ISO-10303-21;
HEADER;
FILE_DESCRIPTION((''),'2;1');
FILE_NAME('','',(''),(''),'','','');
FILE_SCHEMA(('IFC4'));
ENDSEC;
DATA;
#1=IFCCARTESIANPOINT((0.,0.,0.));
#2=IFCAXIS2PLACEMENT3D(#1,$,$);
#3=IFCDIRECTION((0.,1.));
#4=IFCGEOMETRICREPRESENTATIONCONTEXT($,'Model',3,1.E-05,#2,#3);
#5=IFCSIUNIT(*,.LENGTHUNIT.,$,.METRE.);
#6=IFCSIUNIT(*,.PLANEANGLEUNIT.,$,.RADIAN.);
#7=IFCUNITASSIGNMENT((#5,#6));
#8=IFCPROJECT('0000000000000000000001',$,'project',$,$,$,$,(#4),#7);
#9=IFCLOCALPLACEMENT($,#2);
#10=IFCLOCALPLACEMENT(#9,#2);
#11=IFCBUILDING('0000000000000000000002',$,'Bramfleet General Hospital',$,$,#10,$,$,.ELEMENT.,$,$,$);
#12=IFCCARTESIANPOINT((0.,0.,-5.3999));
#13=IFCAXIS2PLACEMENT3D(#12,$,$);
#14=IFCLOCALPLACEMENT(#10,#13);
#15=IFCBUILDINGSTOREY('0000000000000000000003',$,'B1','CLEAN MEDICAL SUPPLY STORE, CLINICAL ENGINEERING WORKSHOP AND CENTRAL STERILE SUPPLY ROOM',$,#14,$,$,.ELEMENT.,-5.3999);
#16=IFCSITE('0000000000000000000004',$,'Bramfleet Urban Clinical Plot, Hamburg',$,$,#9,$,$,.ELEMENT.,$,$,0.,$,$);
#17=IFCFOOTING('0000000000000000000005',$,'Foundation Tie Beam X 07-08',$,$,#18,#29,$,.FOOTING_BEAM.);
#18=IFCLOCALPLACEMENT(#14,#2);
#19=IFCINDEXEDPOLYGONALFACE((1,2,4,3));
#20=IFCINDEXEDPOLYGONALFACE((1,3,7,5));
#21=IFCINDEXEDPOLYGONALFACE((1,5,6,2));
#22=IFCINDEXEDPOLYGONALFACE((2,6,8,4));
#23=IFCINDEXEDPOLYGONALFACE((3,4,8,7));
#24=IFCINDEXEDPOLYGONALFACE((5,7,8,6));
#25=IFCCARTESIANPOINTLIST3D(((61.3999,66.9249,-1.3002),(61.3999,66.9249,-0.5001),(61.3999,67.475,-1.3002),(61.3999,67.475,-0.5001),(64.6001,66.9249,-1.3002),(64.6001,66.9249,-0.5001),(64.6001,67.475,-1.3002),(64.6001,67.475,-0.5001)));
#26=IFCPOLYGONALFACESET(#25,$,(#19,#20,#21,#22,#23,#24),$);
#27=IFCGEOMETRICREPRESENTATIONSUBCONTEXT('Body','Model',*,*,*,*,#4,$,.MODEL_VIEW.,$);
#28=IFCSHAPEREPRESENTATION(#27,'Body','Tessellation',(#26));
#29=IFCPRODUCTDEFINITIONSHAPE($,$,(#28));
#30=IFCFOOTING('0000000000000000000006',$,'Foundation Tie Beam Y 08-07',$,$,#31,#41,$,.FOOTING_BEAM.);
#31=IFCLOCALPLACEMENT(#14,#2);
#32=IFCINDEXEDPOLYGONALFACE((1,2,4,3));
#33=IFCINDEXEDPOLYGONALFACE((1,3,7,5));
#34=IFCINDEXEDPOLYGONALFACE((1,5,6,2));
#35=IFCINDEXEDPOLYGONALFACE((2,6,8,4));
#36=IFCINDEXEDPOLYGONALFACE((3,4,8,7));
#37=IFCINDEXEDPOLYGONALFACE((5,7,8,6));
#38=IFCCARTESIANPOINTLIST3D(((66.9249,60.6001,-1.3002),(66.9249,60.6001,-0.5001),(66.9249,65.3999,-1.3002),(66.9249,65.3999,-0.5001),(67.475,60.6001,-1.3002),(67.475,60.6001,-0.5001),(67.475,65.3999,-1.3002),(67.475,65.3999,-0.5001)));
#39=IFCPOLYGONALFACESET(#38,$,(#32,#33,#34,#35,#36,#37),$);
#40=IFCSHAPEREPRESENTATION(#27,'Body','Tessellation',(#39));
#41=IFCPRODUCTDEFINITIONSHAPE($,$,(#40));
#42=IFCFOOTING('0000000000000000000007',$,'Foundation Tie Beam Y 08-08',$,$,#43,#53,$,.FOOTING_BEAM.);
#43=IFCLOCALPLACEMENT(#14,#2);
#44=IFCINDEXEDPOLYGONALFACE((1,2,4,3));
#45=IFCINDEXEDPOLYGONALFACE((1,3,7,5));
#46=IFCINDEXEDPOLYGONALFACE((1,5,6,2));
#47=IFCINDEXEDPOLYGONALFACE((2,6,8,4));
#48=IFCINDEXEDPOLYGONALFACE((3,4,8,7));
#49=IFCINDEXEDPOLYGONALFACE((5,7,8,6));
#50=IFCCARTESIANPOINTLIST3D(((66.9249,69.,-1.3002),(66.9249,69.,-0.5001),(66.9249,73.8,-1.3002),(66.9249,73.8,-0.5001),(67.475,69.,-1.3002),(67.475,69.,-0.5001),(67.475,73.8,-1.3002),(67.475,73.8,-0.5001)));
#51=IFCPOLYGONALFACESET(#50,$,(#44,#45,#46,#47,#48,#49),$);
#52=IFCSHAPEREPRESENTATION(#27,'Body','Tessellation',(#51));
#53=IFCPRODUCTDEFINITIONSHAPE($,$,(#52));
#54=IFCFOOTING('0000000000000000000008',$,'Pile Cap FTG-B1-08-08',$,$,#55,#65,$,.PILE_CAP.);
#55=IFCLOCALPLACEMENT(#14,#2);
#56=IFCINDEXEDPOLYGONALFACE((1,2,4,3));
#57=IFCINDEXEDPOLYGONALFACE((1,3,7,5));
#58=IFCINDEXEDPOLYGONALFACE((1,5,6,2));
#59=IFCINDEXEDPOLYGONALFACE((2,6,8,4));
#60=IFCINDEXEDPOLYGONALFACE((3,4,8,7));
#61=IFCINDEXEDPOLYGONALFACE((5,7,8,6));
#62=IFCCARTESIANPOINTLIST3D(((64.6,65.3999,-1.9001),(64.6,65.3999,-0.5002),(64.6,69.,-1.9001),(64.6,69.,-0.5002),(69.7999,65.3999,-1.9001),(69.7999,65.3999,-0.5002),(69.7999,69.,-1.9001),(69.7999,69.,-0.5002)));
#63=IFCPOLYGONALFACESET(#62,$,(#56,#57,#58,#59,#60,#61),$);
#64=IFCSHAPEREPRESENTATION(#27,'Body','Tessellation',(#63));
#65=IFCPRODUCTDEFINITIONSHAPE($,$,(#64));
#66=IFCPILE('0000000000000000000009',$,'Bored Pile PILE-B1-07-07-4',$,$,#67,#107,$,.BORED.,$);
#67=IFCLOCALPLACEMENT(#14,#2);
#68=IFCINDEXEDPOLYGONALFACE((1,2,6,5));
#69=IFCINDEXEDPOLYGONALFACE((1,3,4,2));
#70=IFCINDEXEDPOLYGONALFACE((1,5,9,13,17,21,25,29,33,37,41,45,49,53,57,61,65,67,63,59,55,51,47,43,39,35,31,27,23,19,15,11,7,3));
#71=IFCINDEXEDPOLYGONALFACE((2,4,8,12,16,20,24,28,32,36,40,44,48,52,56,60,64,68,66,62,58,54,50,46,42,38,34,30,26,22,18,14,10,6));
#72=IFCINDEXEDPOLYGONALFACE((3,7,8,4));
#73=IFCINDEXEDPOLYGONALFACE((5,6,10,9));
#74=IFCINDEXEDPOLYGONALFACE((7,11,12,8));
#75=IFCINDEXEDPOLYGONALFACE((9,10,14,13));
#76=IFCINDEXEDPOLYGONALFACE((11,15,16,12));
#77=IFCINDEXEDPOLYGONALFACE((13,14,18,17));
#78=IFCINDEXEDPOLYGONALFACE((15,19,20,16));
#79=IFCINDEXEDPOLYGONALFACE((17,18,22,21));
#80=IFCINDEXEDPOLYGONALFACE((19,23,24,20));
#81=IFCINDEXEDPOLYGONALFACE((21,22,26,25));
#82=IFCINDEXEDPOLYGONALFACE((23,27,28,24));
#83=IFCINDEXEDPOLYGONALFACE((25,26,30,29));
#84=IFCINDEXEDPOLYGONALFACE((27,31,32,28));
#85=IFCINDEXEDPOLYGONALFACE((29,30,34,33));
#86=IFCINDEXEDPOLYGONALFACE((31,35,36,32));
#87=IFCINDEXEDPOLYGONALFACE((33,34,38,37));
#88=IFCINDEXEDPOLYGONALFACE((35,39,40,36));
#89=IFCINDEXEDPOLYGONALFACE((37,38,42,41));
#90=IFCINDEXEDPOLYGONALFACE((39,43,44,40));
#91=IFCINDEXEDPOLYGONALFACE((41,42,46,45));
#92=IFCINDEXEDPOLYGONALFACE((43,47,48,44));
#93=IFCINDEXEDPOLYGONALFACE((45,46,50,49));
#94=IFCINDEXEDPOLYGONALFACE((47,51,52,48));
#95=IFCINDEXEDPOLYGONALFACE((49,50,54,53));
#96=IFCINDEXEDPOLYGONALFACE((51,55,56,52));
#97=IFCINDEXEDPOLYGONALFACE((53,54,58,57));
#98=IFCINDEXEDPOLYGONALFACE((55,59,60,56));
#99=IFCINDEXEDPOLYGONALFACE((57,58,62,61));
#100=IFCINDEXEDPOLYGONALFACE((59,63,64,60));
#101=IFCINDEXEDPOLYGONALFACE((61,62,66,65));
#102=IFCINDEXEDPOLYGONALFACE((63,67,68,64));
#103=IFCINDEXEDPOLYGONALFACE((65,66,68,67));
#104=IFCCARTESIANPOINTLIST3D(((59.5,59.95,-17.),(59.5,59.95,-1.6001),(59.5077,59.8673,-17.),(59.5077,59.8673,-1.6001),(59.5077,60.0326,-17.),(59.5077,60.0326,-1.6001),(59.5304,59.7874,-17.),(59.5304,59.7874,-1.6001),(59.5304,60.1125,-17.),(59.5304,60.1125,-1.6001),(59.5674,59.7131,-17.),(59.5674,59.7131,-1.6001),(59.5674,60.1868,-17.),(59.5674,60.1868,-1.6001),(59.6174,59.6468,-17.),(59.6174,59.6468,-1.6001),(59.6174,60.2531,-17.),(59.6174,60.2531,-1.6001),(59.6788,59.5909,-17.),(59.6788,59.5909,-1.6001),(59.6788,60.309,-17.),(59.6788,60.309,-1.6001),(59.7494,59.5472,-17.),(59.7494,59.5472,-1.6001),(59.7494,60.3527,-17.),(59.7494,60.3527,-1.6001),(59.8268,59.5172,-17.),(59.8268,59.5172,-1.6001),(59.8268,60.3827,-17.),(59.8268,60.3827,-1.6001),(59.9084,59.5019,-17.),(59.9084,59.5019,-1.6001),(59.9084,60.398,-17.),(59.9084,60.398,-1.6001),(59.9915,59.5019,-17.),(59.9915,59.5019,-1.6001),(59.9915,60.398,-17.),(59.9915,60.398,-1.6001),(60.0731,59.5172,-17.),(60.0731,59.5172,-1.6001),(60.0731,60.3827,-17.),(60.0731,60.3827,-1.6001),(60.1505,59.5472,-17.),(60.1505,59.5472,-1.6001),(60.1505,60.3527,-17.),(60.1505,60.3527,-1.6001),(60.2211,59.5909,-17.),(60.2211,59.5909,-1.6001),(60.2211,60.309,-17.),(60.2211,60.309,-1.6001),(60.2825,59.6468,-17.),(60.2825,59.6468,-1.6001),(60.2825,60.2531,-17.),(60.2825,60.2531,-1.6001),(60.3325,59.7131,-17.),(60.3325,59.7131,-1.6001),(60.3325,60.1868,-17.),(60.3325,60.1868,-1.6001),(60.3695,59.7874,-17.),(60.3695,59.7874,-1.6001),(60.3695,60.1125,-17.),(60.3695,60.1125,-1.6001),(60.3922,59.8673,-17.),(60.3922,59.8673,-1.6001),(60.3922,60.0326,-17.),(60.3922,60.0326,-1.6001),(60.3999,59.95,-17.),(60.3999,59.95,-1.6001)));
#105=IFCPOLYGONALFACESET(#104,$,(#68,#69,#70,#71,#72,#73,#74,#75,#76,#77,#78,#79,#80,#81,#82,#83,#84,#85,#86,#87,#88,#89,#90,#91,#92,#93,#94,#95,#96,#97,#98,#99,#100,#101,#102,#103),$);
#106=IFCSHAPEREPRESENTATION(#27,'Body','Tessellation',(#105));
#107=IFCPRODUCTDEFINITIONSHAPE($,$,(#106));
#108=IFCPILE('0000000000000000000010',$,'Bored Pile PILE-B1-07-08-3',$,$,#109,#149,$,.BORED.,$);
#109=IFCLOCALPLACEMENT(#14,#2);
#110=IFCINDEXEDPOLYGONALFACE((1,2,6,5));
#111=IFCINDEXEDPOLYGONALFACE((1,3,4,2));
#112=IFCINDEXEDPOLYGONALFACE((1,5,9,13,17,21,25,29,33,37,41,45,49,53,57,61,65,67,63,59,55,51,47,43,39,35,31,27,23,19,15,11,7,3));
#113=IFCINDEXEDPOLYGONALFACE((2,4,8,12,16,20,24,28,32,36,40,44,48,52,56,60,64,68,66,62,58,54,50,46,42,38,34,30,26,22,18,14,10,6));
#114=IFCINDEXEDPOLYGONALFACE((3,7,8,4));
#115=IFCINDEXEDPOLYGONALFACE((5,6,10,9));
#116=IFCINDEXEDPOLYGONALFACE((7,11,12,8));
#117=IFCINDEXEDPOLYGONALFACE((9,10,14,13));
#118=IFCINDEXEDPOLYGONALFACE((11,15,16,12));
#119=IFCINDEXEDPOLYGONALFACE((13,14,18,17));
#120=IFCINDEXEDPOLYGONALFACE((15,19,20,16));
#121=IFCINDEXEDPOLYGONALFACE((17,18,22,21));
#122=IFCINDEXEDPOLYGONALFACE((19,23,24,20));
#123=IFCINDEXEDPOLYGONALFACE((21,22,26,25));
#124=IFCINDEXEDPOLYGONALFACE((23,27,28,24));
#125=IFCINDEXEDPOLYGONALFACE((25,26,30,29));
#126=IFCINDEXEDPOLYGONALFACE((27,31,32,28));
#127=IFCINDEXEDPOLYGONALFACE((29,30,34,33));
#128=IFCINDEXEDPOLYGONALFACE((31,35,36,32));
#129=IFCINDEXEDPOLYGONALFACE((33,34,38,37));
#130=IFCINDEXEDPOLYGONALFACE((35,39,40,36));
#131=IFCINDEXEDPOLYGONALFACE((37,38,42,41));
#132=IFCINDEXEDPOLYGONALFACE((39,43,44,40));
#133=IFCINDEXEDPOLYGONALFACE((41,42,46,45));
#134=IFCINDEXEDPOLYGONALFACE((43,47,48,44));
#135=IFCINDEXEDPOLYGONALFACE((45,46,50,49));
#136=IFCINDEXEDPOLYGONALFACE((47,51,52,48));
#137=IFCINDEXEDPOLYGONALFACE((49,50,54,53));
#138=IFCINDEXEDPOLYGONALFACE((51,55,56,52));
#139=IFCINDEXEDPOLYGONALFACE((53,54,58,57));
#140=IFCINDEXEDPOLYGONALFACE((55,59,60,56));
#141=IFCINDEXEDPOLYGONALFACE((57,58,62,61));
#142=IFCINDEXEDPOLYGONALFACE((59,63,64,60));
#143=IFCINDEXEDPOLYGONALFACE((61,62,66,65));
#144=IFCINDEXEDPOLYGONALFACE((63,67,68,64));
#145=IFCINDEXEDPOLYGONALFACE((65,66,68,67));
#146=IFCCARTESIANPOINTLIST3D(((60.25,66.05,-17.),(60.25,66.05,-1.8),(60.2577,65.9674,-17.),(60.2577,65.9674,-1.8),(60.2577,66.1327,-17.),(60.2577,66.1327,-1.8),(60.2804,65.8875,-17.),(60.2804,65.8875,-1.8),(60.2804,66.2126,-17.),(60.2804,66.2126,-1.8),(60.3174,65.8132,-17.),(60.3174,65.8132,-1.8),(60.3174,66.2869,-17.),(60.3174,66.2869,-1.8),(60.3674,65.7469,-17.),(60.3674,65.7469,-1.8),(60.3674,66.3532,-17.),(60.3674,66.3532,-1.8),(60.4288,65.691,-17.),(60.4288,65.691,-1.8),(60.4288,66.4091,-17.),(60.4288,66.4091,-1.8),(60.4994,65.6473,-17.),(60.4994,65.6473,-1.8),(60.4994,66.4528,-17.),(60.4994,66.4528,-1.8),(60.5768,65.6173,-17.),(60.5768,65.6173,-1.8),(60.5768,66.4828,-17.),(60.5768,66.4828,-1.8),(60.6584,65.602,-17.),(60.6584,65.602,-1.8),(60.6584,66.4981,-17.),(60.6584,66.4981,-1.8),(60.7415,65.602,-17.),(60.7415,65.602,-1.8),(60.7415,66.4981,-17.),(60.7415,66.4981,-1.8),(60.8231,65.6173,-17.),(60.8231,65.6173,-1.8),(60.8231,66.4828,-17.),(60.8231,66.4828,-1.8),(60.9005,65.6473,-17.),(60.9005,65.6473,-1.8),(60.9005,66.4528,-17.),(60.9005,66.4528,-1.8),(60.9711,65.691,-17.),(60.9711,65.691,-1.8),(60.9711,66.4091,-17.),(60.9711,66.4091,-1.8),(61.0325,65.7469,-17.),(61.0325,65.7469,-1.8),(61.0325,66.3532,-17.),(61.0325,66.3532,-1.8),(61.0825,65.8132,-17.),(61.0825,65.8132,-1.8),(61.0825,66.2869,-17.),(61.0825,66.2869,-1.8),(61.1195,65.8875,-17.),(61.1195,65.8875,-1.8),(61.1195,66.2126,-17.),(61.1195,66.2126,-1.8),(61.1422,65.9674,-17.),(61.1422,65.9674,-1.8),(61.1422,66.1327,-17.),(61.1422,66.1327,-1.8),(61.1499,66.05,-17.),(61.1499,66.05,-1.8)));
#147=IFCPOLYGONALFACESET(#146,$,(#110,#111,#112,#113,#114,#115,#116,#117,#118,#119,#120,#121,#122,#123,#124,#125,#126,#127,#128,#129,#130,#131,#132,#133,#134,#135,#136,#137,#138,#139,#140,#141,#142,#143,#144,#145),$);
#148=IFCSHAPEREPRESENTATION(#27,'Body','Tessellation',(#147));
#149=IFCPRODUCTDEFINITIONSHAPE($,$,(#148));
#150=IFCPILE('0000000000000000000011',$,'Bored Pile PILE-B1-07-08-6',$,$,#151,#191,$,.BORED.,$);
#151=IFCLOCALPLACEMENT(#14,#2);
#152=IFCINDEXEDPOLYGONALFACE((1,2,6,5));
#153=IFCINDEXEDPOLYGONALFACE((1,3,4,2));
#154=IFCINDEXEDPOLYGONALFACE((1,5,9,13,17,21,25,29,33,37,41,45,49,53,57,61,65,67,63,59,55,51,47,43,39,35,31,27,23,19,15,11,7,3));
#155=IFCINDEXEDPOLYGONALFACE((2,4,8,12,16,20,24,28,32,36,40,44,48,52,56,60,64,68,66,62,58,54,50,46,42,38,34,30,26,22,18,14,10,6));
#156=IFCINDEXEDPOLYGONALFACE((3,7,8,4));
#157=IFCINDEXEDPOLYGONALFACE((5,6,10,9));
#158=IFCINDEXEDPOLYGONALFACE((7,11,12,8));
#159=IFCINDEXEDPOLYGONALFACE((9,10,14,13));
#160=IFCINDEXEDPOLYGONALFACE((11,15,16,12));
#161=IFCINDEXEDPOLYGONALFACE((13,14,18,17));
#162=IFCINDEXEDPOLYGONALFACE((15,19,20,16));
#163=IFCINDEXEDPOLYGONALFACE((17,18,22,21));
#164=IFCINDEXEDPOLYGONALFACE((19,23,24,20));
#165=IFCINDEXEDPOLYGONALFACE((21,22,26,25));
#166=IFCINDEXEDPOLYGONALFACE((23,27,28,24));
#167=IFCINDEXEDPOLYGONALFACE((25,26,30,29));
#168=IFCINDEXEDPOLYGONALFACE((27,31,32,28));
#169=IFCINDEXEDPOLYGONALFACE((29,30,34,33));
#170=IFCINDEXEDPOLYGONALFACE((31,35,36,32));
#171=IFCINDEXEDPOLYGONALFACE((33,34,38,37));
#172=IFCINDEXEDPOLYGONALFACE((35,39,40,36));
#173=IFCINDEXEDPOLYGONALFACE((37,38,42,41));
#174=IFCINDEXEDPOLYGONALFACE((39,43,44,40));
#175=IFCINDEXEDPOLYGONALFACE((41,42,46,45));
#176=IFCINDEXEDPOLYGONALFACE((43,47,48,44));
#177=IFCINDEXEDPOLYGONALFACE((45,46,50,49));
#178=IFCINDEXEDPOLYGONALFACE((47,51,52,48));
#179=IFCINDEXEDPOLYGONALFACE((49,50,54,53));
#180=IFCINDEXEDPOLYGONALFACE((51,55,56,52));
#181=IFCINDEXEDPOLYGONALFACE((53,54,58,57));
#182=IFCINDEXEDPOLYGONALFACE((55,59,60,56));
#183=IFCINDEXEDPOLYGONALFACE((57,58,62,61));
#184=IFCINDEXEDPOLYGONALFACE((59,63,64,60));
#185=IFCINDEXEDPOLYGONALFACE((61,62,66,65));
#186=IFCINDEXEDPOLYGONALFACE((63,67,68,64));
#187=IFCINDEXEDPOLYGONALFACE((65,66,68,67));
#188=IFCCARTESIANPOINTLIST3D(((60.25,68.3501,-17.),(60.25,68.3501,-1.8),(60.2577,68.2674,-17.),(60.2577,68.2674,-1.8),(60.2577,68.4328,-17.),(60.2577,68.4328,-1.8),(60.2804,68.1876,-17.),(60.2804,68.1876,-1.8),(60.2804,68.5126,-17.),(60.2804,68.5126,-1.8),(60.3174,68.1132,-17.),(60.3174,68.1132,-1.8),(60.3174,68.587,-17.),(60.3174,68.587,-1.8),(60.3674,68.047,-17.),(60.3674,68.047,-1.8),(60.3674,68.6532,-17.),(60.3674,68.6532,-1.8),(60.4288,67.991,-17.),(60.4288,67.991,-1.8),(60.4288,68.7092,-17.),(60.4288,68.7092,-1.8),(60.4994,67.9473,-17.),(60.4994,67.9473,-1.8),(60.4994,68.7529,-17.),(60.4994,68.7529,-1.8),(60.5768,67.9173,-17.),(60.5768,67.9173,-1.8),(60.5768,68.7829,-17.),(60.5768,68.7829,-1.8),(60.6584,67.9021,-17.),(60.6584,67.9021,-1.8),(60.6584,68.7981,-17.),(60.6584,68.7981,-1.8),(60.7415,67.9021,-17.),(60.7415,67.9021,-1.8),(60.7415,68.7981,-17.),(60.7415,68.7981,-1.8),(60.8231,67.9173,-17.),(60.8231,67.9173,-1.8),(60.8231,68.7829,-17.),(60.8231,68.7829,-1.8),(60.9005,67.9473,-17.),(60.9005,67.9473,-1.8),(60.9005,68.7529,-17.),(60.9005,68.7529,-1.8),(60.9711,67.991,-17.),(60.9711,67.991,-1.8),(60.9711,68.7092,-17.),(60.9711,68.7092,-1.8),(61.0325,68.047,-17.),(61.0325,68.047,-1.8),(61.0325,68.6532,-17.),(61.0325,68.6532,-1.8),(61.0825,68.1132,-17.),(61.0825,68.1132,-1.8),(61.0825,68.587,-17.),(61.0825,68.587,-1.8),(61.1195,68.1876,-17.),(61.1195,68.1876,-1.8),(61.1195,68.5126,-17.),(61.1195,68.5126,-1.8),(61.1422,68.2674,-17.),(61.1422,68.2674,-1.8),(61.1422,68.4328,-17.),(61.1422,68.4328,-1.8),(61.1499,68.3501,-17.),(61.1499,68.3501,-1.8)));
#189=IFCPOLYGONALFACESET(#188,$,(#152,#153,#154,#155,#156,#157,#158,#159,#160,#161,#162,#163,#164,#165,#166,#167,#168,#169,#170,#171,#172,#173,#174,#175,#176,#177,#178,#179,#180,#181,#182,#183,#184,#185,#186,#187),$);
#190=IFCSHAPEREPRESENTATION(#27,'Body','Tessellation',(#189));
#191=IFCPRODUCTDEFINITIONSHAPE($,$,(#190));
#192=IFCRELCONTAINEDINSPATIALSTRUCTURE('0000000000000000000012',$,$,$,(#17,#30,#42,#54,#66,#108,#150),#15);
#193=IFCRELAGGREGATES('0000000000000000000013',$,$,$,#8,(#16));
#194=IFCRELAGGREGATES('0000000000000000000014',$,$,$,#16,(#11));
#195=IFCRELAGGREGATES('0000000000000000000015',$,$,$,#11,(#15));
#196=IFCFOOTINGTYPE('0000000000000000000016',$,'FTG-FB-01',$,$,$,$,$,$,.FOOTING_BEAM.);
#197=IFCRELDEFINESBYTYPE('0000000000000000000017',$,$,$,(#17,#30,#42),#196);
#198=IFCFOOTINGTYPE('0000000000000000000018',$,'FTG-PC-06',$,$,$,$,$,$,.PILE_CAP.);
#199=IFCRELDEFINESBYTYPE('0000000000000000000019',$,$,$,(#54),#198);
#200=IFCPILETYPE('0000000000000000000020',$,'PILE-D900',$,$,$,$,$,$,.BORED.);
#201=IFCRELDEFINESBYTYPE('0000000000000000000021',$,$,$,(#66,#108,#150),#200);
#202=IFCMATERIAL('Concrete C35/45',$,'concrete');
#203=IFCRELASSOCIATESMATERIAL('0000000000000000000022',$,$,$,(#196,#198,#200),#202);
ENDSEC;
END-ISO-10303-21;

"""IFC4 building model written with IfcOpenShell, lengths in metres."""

from ifc_helpers import new_model, si_unit, direction, frame, origin, origin_2d, place, context, subcontext, project, spatial, rectangle, circle, extrude, material, material_profile, profile_set, type_object, element, save


model = new_model("IFC4")

# Units and contexts
model_context = context("Model", 3, precision=1e-05, world=origin(), true_north=direction((0.0, 1.0)))
body_context = subcontext(model_context, "Body", "Model", "MODEL_VIEW")
ifc_project = project(units=[si_unit("LENGTHUNIT", "METRE"), si_unit("PLANEANGLEUNIT", "RADIAN")], contexts=[model_context])

# Site, building, storey
site_placement = place(None, origin())
site = spatial("IfcSite", under=ifc_project, at=site_placement, Name="Bramfleet Urban Clinical Plot, Hamburg", CompositionType="ELEMENT", RefElevation=0.0)
building_placement = place(site_placement, origin())
building = spatial("IfcBuilding", under=site, at=building_placement, Name="Bramfleet General Hospital", CompositionType="ELEMENT")
storey_placement = place(building_placement, frame((0.0, 0.0, -5.3999)))
storey = spatial("IfcBuildingStorey", under=building, at=storey_placement, Name="B1", Description="CLEAN MEDICAL SUPPLY STORE, CLINICAL ENGINEERING WORKSHOP AND CENTRAL STERILE SUPPLY ROOM", CompositionType="ELEMENT", Elevation=-5.3999)

# Footings
ifc_material_1 = material(Name="Concrete C35/45", Category="concrete")
ifc_material_profile_1 = material_profile(ifc_material_1, rectangle(XDim=0.55, YDim=0.8, at=origin_2d()), Name="RC FB 800x550")
ifc_profile_set_1 = profile_set([ifc_material_profile_1], Name="Concrete C35/45")
footing_type_1 = type_object("IfcFootingType", Name="FTG-FB-01", PredefinedType="FOOTING_BEAM", material=ifc_profile_set_1)
footing_1_placement = place(storey_placement, frame((61.3999, 67.2, -0.9001), z_axis=(1.0, 0.0, 0.0), x_axis=(0.0, 1.0, 0.0)))
element("IfcFooting", 1, at=footing_1_placement, inside=storey, type_object=footing_type_1, Name="Foundation Tie Beam X 07-08", PredefinedType="FOOTING_BEAM", context=body_context, shape_type="SweptSolid", body=[
    extrude(rectangle(XDim=0.55, YDim=0.8, at=origin_2d()), origin(), (0.0, 0.0, 1.0), 3.2002),
])
footing_2_placement = place(storey_placement, frame((67.2, 60.6001, -0.9001), z_axis=(0.0, 1.0, 0.0), x_axis=(-1.0, 0.0, 0.0)))
element("IfcFooting", 2, at=footing_2_placement, inside=storey, type_object=footing_type_1, Name="Foundation Tie Beam Y 08-07", PredefinedType="FOOTING_BEAM", context=body_context, shape_type="SweptSolid", body=[
    extrude(rectangle(XDim=0.55, YDim=0.8, at=origin_2d()), origin(), (0.0, 0.0, 1.0), 4.7998),
])
footing_3_placement = place(storey_placement, frame((67.2, 69.0, -0.9001), z_axis=(0.0, 1.0, 0.0), x_axis=(-1.0, 0.0, 0.0)))
element("IfcFooting", 3, at=footing_3_placement, inside=storey, type_object=footing_type_1, Name="Foundation Tie Beam Y 08-08", PredefinedType="FOOTING_BEAM", context=body_context, shape_type="SweptSolid", body=[
    extrude(rectangle(XDim=0.55, YDim=0.8, at=origin_2d()), origin(), (0.0, 0.0, 1.0), 4.8),
])
footing_type_2 = type_object("IfcFootingType", Name="FTG-PC-06", PredefinedType="PILE_CAP", material=ifc_material_1)
footing_4_placement = place(storey_placement, frame((67.2, 67.2, -1.9001), z_axis=(0.0, 0.0, 1.0), x_axis=(1.0, 0.0, 0.0)))
element("IfcFooting", 4, at=footing_4_placement, inside=storey, type_object=footing_type_2, Name="Pile Cap FTG-B1-08-08", PredefinedType="PILE_CAP", context=body_context, shape_type="SweptSolid", body=[
    extrude(rectangle(XDim=5.2, YDim=3.6001, at=origin_2d()), origin(), (0.0, 0.0, 1.0), 1.3999),
])

# Piles
ifc_material_profile_2 = material_profile(ifc_material_1, circle(Radius=0.45, at=origin_2d()), Name="PILE BORED D900")
ifc_profile_set_2 = profile_set([ifc_material_profile_2], Name="Concrete C35/45")
pile_type = type_object("IfcPileType", Name="PILE-D900", PredefinedType="BORED", material=ifc_profile_set_2)
pile_1_placement = place(storey_placement, frame((59.95, 59.95, -1.6001), z_axis=(0.0, 0.0, -1.0), x_axis=(1.0, 0.0, 0.0)))
element("IfcPile", 5, at=pile_1_placement, inside=storey, type_object=pile_type, Name="Bored Pile PILE-B1-07-07-4", PredefinedType="BORED", context=body_context, shape_type="SweptSolid", body=[
    extrude(circle(Radius=0.45, at=origin_2d()), origin(), (0.0, 0.0, 1.0), 15.3999),
])
for number, where, z_axis, x_axis, name in (
    (6, (60.7, 66.05, -1.8), (0.0, 0.0, -1.0), (1.0, 0.0, 0.0), "Bored Pile PILE-B1-07-08-3"),
    (7, (60.7, 68.3501, -1.8), (0.0, 0.0, -1.0), (1.0, 0.0, 0.0), "Bored Pile PILE-B1-07-08-6"),
):
    element("IfcPile", number, at=place(storey_placement, frame(where, z_axis=z_axis, x_axis=x_axis)), inside=storey, type_object=pile_type, Name=name, PredefinedType="BORED", context=body_context, shape_type="SweptSolid", body=[
        extrude(circle(Radius=0.45, at=origin_2d()), origin(), (0.0, 0.0, 1.0), 15.2),
    ])

save(model, "model.ifc")
